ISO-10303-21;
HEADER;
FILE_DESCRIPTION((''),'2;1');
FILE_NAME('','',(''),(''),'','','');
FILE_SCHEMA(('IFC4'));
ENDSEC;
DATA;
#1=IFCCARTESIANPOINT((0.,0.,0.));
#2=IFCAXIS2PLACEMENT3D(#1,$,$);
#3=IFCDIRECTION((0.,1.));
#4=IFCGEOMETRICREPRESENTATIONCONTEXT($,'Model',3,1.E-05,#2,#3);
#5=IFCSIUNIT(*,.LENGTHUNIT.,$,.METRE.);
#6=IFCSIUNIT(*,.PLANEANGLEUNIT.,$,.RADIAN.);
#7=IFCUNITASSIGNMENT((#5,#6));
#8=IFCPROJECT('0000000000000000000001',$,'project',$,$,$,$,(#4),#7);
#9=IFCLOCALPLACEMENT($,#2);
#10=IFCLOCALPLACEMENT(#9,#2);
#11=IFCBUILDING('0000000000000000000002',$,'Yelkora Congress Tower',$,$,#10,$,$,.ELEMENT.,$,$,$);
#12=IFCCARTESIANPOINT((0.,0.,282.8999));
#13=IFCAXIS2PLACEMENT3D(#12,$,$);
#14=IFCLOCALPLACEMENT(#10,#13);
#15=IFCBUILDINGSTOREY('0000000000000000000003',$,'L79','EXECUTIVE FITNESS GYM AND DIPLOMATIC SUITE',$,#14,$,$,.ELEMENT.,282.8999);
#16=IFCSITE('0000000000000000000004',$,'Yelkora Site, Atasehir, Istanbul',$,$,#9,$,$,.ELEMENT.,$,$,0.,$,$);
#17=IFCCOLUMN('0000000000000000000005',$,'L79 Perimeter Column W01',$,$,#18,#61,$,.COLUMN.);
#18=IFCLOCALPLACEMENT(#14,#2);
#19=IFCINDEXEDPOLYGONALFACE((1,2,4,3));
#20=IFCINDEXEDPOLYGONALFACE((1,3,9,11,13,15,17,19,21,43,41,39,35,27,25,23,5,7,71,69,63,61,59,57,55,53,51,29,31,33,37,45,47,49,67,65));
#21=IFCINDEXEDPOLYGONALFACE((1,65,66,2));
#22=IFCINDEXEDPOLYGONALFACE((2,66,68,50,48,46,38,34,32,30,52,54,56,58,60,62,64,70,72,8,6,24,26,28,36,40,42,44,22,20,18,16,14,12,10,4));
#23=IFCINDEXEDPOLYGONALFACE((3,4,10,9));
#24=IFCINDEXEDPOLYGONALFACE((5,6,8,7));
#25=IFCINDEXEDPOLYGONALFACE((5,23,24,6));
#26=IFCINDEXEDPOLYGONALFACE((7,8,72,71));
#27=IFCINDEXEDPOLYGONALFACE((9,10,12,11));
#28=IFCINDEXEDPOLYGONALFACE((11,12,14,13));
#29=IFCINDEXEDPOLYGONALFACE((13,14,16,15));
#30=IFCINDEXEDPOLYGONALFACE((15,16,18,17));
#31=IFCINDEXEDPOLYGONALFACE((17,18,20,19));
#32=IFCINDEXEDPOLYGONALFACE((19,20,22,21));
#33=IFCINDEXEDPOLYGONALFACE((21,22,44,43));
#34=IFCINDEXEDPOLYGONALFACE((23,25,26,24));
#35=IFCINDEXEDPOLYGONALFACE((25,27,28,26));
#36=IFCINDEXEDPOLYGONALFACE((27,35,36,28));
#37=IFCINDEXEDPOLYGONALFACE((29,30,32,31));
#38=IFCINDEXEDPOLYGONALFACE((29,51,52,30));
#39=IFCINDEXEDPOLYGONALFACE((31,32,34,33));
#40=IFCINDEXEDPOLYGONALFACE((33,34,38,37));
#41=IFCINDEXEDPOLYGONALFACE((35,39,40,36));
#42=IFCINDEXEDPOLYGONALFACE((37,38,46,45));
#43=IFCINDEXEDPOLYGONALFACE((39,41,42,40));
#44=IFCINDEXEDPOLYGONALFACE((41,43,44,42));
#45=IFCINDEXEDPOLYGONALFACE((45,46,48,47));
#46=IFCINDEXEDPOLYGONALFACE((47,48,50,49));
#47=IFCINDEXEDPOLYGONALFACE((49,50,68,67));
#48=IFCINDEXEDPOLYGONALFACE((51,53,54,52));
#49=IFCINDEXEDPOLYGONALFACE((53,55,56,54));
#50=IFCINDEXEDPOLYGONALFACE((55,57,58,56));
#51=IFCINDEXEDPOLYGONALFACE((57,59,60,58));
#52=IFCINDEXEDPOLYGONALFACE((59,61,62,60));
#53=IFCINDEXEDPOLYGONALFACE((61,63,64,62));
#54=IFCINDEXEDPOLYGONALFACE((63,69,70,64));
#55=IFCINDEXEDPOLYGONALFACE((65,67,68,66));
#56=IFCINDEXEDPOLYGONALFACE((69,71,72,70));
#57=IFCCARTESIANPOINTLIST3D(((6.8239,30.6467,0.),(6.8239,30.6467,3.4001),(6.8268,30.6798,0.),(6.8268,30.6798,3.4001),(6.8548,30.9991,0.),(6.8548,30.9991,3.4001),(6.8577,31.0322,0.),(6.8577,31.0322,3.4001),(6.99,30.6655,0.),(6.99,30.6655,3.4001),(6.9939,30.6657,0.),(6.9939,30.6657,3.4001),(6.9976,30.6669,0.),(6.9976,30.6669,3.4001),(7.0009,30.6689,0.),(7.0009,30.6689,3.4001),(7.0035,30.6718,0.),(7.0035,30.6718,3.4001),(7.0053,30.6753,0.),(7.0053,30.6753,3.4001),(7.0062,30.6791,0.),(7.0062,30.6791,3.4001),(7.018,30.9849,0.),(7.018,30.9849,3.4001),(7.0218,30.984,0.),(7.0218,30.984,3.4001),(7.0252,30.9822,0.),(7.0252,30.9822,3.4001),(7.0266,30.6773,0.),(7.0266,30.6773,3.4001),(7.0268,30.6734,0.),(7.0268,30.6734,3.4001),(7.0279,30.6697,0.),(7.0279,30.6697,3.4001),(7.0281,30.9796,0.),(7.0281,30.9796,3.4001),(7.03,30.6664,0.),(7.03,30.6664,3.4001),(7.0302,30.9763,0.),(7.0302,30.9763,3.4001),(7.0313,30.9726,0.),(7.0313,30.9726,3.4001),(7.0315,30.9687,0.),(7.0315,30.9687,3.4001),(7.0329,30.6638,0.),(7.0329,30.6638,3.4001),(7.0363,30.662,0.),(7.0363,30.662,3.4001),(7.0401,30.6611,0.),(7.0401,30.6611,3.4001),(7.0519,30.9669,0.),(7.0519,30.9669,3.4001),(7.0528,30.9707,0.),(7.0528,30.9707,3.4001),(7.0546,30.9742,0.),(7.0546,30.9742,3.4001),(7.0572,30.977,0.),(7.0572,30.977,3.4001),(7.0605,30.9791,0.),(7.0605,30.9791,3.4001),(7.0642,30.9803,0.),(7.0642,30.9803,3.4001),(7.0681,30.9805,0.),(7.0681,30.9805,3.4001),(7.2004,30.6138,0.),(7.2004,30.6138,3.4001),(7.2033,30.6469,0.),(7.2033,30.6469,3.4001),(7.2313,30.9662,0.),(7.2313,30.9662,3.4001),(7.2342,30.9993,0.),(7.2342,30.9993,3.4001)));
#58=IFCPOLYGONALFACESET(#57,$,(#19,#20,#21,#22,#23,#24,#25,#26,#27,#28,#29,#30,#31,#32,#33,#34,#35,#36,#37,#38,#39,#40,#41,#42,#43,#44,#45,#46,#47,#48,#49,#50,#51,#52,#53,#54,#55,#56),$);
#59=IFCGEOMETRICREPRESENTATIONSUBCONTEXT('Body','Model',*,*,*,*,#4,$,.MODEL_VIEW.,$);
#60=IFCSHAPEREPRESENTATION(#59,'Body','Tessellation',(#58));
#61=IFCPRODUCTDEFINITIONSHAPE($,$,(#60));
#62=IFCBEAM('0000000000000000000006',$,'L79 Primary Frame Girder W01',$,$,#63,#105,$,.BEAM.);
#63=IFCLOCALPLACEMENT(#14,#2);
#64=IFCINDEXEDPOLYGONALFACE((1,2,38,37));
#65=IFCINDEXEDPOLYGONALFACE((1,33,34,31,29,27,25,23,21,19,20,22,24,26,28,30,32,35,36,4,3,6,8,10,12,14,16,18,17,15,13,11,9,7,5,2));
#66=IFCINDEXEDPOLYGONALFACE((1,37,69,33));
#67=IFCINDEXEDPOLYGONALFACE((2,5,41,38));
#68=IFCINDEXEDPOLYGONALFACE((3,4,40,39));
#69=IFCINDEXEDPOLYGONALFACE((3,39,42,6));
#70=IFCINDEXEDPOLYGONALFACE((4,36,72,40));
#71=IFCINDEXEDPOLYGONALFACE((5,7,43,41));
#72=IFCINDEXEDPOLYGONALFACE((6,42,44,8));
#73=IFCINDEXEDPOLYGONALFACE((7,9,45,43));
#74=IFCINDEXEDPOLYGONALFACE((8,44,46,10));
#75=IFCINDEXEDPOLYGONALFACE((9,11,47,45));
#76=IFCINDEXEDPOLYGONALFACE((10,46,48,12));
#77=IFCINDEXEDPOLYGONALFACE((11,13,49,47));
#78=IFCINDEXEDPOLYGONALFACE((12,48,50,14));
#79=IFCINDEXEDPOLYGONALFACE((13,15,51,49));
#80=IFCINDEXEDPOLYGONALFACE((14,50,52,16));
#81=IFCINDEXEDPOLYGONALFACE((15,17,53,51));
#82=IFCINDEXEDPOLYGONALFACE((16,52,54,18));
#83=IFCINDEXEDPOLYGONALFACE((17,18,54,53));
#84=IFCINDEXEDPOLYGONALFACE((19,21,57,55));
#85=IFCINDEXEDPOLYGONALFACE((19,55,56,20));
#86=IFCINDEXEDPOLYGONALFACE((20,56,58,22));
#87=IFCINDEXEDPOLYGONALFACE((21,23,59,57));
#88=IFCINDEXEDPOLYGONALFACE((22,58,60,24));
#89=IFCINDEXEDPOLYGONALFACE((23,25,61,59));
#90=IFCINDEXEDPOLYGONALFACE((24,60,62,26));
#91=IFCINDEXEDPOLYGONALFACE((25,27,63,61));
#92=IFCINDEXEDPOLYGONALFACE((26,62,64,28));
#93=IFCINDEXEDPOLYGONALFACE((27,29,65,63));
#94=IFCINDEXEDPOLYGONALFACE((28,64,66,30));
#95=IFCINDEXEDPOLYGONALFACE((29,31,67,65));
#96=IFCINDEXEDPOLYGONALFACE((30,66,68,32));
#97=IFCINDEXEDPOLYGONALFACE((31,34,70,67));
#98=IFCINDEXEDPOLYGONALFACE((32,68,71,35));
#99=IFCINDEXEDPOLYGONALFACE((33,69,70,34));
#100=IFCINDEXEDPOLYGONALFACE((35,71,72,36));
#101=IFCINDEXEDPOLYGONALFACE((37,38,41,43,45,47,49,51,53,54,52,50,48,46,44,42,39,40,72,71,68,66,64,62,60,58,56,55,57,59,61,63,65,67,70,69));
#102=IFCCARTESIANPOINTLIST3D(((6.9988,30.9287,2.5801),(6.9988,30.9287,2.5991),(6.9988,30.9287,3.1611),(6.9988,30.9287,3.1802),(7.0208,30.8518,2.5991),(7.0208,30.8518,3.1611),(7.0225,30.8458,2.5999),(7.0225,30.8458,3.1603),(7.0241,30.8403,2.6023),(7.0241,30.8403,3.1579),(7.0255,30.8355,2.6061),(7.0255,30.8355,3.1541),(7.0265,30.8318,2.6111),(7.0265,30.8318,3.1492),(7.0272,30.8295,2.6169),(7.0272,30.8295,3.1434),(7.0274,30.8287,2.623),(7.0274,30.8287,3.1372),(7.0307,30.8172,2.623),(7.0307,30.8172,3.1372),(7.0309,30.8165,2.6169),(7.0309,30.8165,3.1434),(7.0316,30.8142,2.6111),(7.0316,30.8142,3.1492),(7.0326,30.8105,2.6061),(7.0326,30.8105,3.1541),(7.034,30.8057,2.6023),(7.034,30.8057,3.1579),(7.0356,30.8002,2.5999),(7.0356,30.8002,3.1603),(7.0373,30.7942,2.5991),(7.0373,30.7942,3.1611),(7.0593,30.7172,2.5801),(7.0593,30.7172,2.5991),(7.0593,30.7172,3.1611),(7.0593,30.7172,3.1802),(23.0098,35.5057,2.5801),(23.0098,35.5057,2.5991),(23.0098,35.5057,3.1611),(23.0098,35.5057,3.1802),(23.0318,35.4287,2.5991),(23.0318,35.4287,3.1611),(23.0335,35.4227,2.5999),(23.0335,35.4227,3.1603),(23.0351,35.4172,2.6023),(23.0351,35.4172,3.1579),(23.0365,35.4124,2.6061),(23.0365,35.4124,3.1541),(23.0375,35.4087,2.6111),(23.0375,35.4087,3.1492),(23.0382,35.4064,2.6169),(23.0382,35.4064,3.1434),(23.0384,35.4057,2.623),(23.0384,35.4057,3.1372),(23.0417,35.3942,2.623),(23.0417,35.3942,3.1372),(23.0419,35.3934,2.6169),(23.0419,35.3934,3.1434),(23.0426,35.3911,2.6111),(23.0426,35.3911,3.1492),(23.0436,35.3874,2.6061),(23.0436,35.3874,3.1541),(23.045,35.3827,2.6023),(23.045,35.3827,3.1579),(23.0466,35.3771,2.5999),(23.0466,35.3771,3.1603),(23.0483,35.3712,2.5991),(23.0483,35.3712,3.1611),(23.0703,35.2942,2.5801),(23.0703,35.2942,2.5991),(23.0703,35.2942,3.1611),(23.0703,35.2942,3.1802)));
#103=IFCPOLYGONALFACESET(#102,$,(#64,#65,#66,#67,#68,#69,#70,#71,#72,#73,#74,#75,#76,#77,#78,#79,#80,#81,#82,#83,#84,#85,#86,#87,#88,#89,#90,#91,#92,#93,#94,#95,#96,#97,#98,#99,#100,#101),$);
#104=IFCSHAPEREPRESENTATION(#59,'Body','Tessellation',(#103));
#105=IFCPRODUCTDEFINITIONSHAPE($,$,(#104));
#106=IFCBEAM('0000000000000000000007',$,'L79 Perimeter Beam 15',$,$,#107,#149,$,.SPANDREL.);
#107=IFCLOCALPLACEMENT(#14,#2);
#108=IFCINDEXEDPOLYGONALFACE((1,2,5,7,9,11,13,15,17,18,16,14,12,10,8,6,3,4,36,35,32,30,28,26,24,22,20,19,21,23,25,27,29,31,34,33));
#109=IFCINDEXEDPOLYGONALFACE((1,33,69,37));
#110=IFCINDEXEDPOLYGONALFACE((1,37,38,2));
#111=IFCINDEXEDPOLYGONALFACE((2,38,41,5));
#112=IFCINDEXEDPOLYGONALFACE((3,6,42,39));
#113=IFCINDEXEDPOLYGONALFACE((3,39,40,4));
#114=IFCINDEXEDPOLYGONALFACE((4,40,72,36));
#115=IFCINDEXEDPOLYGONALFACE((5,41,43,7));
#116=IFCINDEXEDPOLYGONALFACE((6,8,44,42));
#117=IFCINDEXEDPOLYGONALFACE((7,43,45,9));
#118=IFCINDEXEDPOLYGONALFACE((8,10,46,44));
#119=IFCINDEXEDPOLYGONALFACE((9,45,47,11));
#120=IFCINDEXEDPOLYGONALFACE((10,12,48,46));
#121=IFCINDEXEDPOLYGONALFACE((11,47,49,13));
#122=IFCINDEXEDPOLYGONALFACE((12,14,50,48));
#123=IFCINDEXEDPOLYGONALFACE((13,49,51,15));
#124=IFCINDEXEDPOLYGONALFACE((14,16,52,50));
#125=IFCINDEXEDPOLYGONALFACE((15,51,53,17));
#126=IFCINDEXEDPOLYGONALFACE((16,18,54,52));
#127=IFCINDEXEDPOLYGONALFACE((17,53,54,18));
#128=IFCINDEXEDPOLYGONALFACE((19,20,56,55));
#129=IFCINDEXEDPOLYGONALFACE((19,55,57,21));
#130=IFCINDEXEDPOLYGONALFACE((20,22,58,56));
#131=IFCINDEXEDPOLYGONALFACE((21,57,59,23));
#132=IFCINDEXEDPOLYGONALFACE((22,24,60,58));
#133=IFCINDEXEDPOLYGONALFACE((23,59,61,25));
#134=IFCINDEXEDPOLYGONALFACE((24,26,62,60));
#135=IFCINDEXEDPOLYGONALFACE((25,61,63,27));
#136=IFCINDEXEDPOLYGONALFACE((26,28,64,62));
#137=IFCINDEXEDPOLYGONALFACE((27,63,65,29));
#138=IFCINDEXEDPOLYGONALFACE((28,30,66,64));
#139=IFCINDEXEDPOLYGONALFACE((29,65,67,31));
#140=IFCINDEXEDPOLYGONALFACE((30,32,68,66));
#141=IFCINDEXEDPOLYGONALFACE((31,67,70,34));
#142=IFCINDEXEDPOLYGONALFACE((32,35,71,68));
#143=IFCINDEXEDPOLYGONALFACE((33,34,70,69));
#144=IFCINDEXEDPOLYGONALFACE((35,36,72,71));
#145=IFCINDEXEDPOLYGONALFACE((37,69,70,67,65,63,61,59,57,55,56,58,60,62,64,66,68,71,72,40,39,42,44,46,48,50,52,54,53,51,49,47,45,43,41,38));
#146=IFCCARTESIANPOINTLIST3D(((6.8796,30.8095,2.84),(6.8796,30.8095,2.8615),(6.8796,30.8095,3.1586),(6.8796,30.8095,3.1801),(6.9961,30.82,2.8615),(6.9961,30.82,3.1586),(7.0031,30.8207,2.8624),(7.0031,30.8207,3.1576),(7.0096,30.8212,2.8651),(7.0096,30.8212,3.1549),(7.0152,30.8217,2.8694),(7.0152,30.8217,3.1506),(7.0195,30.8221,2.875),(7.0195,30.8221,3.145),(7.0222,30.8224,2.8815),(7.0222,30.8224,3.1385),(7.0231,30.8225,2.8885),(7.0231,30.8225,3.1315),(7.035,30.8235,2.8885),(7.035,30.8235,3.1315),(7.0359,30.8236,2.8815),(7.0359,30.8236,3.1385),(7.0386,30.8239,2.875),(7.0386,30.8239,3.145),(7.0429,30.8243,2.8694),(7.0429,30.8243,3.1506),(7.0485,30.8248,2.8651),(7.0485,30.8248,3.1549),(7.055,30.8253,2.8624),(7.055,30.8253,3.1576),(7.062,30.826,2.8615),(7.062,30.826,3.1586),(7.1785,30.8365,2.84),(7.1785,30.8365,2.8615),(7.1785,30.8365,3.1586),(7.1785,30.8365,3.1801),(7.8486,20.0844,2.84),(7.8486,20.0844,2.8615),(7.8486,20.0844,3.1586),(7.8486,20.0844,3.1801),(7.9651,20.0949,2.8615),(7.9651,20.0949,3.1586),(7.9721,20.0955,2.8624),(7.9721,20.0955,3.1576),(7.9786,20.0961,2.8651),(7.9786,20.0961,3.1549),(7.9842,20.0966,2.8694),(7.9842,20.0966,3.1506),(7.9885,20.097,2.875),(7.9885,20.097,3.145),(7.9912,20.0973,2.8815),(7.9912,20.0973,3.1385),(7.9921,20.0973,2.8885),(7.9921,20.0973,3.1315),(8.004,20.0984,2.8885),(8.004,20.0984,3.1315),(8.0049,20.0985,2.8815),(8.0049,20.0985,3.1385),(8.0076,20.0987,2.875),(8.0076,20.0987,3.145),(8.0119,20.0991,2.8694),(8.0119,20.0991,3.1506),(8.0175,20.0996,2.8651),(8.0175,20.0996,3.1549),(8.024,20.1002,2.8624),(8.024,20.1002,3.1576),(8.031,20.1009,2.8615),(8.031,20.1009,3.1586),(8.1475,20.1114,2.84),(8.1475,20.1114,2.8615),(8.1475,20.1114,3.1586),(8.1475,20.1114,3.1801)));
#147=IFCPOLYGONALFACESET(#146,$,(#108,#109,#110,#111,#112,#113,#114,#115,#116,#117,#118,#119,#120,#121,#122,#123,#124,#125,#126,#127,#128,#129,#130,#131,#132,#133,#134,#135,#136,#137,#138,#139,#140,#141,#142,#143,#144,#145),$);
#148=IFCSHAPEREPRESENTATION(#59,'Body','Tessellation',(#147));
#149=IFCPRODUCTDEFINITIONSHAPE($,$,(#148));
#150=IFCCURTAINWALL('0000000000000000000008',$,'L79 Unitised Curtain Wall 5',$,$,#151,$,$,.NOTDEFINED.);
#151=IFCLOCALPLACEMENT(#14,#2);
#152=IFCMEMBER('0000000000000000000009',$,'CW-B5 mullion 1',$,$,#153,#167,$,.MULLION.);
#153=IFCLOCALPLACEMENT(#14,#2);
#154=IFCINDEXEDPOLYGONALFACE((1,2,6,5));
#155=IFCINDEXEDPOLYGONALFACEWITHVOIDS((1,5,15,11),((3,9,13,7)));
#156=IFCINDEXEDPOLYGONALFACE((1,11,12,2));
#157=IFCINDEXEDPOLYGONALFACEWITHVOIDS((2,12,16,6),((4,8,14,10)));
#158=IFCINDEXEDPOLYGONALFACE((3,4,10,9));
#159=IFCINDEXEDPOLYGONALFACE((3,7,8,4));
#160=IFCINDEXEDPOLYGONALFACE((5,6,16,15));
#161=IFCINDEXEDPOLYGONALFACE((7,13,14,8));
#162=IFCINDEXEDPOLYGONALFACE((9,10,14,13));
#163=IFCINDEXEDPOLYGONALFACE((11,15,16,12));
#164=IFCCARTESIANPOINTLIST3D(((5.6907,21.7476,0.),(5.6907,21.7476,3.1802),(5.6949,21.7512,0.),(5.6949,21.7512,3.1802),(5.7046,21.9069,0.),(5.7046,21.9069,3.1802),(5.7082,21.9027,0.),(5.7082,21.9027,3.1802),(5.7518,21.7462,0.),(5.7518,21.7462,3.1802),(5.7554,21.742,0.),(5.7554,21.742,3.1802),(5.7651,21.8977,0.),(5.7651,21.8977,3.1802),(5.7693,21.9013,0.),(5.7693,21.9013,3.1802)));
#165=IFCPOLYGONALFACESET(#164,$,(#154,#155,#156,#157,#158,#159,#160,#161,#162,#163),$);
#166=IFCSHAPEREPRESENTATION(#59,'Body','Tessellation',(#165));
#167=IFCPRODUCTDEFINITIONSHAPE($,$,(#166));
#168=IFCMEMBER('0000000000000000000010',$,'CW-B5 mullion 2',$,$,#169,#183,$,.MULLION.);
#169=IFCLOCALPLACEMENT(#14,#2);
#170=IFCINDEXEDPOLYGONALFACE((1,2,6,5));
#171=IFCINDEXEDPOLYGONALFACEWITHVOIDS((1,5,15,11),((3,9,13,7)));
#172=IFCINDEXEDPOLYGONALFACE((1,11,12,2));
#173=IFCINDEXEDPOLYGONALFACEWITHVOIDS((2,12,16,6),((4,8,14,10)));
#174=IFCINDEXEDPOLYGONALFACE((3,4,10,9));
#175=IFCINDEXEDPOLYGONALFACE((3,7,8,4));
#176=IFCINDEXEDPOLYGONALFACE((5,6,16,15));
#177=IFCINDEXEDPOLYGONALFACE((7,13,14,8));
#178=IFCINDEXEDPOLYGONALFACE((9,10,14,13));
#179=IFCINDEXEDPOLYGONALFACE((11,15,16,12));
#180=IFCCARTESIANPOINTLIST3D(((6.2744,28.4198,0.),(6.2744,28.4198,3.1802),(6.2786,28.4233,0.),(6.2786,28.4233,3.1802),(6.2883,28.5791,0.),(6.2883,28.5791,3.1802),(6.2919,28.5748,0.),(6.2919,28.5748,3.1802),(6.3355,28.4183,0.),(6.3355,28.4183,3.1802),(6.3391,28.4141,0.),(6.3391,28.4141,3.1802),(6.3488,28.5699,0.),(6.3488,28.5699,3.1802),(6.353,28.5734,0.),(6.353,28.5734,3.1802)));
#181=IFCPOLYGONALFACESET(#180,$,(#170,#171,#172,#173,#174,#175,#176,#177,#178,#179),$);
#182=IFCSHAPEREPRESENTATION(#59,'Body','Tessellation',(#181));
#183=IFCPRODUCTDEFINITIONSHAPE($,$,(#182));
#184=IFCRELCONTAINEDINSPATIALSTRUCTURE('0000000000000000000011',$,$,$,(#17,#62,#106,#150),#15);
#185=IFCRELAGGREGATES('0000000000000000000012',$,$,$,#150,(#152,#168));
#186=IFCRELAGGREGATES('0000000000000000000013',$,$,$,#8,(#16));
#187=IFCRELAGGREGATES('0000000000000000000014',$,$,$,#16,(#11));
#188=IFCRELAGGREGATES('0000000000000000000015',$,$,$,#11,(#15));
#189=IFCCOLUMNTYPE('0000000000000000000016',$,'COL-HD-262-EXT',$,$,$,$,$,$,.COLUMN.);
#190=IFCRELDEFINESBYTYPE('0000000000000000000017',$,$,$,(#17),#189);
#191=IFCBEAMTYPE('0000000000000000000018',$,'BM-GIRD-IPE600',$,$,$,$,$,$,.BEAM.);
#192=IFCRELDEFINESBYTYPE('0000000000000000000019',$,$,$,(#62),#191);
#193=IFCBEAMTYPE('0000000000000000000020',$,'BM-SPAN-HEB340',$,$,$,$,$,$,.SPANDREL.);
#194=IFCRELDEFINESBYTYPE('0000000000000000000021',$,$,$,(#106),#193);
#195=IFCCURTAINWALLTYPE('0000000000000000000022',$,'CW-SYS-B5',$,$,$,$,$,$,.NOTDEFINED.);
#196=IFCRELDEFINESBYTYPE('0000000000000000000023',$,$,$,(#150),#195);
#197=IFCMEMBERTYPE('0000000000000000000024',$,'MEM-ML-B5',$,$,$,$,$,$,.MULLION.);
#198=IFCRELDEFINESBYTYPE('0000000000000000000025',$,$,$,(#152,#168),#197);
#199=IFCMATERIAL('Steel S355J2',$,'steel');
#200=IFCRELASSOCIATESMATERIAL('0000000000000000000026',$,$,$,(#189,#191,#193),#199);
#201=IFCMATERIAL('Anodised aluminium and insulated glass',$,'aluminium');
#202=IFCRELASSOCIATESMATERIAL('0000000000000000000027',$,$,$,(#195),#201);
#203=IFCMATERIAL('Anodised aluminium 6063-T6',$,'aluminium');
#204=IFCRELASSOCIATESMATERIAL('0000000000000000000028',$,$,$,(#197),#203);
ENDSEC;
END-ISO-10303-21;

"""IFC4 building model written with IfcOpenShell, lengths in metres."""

from ifc_helpers import new_model, si_unit, direction, frame, origin, origin_2d, place, context, subcontext, project, spatial, hollow_rectangle, i_section, extrude, material, material_profile, profile_set, type_object, element, aggregate, save


model = new_model("IFC4")

# Units and contexts
model_context = context("Model", 3, precision=1e-05, world=origin(), true_north=direction((0.0, 1.0)))
body_context = subcontext(model_context, "Body", "Model", "MODEL_VIEW")
ifc_project = project(units=[si_unit("LENGTHUNIT", "METRE"), si_unit("PLANEANGLEUNIT", "RADIAN")], contexts=[model_context])

# Site, building, storey
site_placement = place(None, origin())
site = spatial("IfcSite", under=ifc_project, at=site_placement, Name="Yelkora Site, Atasehir, Istanbul", CompositionType="ELEMENT", RefElevation=0.0)
building_placement = place(site_placement, origin())
building = spatial("IfcBuilding", under=site, at=building_placement, Name="Yelkora Congress Tower", CompositionType="ELEMENT")
storey_placement = place(building_placement, frame((0.0, 0.0, 282.8999)))
storey = spatial("IfcBuildingStorey", under=building, at=storey_placement, Name="L79", Description="EXECUTIVE FITNESS GYM AND DIPLOMATIC SUITE", CompositionType="ELEMENT", Elevation=282.8999)

# Column
ifc_material_1 = material(Name="Steel S355J2", Category="steel")
ifc_material_profile_1 = material_profile(ifc_material_1, i_section(OverallWidth=0.3779, OverallDepth=0.387, WebThickness=0.0205, FlangeThickness=0.0332, FilletRadius=0.0149, at=origin_2d()), Name="HD 360x262")
ifc_profile_set_1 = profile_set([ifc_material_profile_1], Name="Steel S355J2")
column_type = type_object("IfcColumnType", Name="COL-HD-262-EXT", PredefinedType="COLUMN", material=ifc_profile_set_1)
column_placement = place(storey_placement, frame((7.0291, 30.823, 0.0), z_axis=(0.0, 0.0, 1.0), x_axis=(0.996195, -0.087156, 0.0)))
element("IfcColumn", 1, at=column_placement, inside=storey, type_object=column_type, Name="L79 Perimeter Column W01", PredefinedType="COLUMN", context=body_context, shape_type="SweptSolid", body=[
    extrude(i_section(OverallWidth=0.3779, OverallDepth=0.387, WebThickness=0.0205, FlangeThickness=0.0332, FilletRadius=0.0149, at=origin_2d()), origin(), (0.0, 0.0, 1.0), 3.4001),
])

# Beams
ifc_material_profile_2 = material_profile(ifc_material_1, i_section(OverallWidth=0.22, OverallDepth=0.6001, WebThickness=0.012, FlangeThickness=0.019, FilletRadius=0.0239, at=origin_2d()), Name="IPE 600")
ifc_profile_set_2 = profile_set([ifc_material_profile_2], Name="Steel S355J2")
beam_type_1 = type_object("IfcBeamType", Name="BM-GIRD-IPE600", PredefinedType="BEAM", material=ifc_profile_set_2)
beam_1_placement = place(storey_placement, frame((7.0291, 30.823, 2.8801), z_axis=(0.961487, 0.274851, 0.0), x_axis=(-0.274851, 0.961487, 0.0)))
element("IfcBeam", 2, at=beam_1_placement, inside=storey, type_object=beam_type_1, Name="L79 Primary Frame Girder W01", PredefinedType="BEAM", context=body_context, shape_type="SweptSolid", body=[
    extrude(i_section(OverallWidth=0.22, OverallDepth=0.6001, WebThickness=0.012, FlangeThickness=0.019, FilletRadius=0.0239, at=origin_2d()), origin(), (0.0, 0.0, 1.0), 16.6523),
])
ifc_material_profile_3 = material_profile(ifc_material_1, i_section(OverallWidth=0.3, OverallDepth=0.3401, WebThickness=0.012, FlangeThickness=0.0215, FilletRadius=0.0271, at=origin_2d()), Name="HEB 340")
ifc_profile_set_3 = profile_set([ifc_material_profile_3], Name="Steel S355J2")
beam_type_2 = type_object("IfcBeamType", Name="BM-SPAN-HEB340", PredefinedType="SPANDREL", material=ifc_profile_set_3)
beam_2_placement = place(storey_placement, frame((7.0291, 30.823, 3.01), z_axis=(0.089982, -0.995943, 0.0), x_axis=(0.995943, 0.089982, 0.0)))
element("IfcBeam", 3, at=beam_2_placement, inside=storey, type_object=beam_type_2, Name="L79 Perimeter Beam 15", PredefinedType="SPANDREL", context=body_context, shape_type="SweptSolid", body=[
    extrude(i_section(OverallWidth=0.3, OverallDepth=0.3401, WebThickness=0.012, FlangeThickness=0.0215, FilletRadius=0.0271, at=origin_2d()), origin(), (0.0, 0.0, 1.0), 10.7688),
])

# Curtain wall, members
ifc_material_2 = material(Name="Anodised aluminium and insulated glass", Category="aluminium")
curtain_wall_type = type_object("IfcCurtainWallType", Name="CW-SYS-B5", PredefinedType="NOTDEFINED", material=ifc_material_2)
curtain_wall_placement = place(storey_placement, origin())
curtain_wall = element("IfcCurtainWall", 4, at=curtain_wall_placement, inside=storey, type_object=curtain_wall_type, Name="L79 Unitised Curtain Wall 5", PredefinedType="NOTDEFINED")
ifc_material_3 = material(Name="Anodised aluminium 6063-T6", Category="aluminium")
ifc_material_profile_4 = material_profile(ifc_material_3, hollow_rectangle(XDim=0.0649, YDim=0.1599, WallThickness=0.0039, at=origin_2d()), Name="ALU 65x160x4")
ifc_profile_set_4 = profile_set([ifc_material_profile_4], Name="Anodised aluminium 6063-T6")
member_type_1 = type_object("IfcMemberType", Name="MEM-ML-B5", PredefinedType="MULLION", material=ifc_profile_set_4)
member_1_placement = place(storey_placement, frame((5.73, 21.8245, 0.0), z_axis=(0.0, 0.0, 1.0), x_axis=(-0.996195, 0.087155, 0.0)))
member_1 = element("IfcMember", 5, at=member_1_placement, type_object=member_type_1, Name="CW-B5 mullion 1", PredefinedType="MULLION", context=body_context, shape_type="SweptSolid", body=[
    extrude(hollow_rectangle(XDim=0.0649, YDim=0.1599, WallThickness=0.0039, at=origin_2d()), origin(), (0.0, 0.0, 1.0), 3.1802),
])
member_2_placement = place(storey_placement, frame((6.3137, 28.4966, 0.0), z_axis=(0.0, 0.0, 1.0), x_axis=(-0.996195, 0.087155, 0.0)))
member_2 = element("IfcMember", 6, at=member_2_placement, type_object=member_type_1, Name="CW-B5 mullion 2", PredefinedType="MULLION", context=body_context, shape_type="SweptSolid", body=[
    extrude(hollow_rectangle(XDim=0.0649, YDim=0.1599, WallThickness=0.0039, at=origin_2d()), origin(), (0.0, 0.0, 1.0), 3.1802),
])
aggregate(curtain_wall, [member_1, member_2])

save(model, "model.ifc")
